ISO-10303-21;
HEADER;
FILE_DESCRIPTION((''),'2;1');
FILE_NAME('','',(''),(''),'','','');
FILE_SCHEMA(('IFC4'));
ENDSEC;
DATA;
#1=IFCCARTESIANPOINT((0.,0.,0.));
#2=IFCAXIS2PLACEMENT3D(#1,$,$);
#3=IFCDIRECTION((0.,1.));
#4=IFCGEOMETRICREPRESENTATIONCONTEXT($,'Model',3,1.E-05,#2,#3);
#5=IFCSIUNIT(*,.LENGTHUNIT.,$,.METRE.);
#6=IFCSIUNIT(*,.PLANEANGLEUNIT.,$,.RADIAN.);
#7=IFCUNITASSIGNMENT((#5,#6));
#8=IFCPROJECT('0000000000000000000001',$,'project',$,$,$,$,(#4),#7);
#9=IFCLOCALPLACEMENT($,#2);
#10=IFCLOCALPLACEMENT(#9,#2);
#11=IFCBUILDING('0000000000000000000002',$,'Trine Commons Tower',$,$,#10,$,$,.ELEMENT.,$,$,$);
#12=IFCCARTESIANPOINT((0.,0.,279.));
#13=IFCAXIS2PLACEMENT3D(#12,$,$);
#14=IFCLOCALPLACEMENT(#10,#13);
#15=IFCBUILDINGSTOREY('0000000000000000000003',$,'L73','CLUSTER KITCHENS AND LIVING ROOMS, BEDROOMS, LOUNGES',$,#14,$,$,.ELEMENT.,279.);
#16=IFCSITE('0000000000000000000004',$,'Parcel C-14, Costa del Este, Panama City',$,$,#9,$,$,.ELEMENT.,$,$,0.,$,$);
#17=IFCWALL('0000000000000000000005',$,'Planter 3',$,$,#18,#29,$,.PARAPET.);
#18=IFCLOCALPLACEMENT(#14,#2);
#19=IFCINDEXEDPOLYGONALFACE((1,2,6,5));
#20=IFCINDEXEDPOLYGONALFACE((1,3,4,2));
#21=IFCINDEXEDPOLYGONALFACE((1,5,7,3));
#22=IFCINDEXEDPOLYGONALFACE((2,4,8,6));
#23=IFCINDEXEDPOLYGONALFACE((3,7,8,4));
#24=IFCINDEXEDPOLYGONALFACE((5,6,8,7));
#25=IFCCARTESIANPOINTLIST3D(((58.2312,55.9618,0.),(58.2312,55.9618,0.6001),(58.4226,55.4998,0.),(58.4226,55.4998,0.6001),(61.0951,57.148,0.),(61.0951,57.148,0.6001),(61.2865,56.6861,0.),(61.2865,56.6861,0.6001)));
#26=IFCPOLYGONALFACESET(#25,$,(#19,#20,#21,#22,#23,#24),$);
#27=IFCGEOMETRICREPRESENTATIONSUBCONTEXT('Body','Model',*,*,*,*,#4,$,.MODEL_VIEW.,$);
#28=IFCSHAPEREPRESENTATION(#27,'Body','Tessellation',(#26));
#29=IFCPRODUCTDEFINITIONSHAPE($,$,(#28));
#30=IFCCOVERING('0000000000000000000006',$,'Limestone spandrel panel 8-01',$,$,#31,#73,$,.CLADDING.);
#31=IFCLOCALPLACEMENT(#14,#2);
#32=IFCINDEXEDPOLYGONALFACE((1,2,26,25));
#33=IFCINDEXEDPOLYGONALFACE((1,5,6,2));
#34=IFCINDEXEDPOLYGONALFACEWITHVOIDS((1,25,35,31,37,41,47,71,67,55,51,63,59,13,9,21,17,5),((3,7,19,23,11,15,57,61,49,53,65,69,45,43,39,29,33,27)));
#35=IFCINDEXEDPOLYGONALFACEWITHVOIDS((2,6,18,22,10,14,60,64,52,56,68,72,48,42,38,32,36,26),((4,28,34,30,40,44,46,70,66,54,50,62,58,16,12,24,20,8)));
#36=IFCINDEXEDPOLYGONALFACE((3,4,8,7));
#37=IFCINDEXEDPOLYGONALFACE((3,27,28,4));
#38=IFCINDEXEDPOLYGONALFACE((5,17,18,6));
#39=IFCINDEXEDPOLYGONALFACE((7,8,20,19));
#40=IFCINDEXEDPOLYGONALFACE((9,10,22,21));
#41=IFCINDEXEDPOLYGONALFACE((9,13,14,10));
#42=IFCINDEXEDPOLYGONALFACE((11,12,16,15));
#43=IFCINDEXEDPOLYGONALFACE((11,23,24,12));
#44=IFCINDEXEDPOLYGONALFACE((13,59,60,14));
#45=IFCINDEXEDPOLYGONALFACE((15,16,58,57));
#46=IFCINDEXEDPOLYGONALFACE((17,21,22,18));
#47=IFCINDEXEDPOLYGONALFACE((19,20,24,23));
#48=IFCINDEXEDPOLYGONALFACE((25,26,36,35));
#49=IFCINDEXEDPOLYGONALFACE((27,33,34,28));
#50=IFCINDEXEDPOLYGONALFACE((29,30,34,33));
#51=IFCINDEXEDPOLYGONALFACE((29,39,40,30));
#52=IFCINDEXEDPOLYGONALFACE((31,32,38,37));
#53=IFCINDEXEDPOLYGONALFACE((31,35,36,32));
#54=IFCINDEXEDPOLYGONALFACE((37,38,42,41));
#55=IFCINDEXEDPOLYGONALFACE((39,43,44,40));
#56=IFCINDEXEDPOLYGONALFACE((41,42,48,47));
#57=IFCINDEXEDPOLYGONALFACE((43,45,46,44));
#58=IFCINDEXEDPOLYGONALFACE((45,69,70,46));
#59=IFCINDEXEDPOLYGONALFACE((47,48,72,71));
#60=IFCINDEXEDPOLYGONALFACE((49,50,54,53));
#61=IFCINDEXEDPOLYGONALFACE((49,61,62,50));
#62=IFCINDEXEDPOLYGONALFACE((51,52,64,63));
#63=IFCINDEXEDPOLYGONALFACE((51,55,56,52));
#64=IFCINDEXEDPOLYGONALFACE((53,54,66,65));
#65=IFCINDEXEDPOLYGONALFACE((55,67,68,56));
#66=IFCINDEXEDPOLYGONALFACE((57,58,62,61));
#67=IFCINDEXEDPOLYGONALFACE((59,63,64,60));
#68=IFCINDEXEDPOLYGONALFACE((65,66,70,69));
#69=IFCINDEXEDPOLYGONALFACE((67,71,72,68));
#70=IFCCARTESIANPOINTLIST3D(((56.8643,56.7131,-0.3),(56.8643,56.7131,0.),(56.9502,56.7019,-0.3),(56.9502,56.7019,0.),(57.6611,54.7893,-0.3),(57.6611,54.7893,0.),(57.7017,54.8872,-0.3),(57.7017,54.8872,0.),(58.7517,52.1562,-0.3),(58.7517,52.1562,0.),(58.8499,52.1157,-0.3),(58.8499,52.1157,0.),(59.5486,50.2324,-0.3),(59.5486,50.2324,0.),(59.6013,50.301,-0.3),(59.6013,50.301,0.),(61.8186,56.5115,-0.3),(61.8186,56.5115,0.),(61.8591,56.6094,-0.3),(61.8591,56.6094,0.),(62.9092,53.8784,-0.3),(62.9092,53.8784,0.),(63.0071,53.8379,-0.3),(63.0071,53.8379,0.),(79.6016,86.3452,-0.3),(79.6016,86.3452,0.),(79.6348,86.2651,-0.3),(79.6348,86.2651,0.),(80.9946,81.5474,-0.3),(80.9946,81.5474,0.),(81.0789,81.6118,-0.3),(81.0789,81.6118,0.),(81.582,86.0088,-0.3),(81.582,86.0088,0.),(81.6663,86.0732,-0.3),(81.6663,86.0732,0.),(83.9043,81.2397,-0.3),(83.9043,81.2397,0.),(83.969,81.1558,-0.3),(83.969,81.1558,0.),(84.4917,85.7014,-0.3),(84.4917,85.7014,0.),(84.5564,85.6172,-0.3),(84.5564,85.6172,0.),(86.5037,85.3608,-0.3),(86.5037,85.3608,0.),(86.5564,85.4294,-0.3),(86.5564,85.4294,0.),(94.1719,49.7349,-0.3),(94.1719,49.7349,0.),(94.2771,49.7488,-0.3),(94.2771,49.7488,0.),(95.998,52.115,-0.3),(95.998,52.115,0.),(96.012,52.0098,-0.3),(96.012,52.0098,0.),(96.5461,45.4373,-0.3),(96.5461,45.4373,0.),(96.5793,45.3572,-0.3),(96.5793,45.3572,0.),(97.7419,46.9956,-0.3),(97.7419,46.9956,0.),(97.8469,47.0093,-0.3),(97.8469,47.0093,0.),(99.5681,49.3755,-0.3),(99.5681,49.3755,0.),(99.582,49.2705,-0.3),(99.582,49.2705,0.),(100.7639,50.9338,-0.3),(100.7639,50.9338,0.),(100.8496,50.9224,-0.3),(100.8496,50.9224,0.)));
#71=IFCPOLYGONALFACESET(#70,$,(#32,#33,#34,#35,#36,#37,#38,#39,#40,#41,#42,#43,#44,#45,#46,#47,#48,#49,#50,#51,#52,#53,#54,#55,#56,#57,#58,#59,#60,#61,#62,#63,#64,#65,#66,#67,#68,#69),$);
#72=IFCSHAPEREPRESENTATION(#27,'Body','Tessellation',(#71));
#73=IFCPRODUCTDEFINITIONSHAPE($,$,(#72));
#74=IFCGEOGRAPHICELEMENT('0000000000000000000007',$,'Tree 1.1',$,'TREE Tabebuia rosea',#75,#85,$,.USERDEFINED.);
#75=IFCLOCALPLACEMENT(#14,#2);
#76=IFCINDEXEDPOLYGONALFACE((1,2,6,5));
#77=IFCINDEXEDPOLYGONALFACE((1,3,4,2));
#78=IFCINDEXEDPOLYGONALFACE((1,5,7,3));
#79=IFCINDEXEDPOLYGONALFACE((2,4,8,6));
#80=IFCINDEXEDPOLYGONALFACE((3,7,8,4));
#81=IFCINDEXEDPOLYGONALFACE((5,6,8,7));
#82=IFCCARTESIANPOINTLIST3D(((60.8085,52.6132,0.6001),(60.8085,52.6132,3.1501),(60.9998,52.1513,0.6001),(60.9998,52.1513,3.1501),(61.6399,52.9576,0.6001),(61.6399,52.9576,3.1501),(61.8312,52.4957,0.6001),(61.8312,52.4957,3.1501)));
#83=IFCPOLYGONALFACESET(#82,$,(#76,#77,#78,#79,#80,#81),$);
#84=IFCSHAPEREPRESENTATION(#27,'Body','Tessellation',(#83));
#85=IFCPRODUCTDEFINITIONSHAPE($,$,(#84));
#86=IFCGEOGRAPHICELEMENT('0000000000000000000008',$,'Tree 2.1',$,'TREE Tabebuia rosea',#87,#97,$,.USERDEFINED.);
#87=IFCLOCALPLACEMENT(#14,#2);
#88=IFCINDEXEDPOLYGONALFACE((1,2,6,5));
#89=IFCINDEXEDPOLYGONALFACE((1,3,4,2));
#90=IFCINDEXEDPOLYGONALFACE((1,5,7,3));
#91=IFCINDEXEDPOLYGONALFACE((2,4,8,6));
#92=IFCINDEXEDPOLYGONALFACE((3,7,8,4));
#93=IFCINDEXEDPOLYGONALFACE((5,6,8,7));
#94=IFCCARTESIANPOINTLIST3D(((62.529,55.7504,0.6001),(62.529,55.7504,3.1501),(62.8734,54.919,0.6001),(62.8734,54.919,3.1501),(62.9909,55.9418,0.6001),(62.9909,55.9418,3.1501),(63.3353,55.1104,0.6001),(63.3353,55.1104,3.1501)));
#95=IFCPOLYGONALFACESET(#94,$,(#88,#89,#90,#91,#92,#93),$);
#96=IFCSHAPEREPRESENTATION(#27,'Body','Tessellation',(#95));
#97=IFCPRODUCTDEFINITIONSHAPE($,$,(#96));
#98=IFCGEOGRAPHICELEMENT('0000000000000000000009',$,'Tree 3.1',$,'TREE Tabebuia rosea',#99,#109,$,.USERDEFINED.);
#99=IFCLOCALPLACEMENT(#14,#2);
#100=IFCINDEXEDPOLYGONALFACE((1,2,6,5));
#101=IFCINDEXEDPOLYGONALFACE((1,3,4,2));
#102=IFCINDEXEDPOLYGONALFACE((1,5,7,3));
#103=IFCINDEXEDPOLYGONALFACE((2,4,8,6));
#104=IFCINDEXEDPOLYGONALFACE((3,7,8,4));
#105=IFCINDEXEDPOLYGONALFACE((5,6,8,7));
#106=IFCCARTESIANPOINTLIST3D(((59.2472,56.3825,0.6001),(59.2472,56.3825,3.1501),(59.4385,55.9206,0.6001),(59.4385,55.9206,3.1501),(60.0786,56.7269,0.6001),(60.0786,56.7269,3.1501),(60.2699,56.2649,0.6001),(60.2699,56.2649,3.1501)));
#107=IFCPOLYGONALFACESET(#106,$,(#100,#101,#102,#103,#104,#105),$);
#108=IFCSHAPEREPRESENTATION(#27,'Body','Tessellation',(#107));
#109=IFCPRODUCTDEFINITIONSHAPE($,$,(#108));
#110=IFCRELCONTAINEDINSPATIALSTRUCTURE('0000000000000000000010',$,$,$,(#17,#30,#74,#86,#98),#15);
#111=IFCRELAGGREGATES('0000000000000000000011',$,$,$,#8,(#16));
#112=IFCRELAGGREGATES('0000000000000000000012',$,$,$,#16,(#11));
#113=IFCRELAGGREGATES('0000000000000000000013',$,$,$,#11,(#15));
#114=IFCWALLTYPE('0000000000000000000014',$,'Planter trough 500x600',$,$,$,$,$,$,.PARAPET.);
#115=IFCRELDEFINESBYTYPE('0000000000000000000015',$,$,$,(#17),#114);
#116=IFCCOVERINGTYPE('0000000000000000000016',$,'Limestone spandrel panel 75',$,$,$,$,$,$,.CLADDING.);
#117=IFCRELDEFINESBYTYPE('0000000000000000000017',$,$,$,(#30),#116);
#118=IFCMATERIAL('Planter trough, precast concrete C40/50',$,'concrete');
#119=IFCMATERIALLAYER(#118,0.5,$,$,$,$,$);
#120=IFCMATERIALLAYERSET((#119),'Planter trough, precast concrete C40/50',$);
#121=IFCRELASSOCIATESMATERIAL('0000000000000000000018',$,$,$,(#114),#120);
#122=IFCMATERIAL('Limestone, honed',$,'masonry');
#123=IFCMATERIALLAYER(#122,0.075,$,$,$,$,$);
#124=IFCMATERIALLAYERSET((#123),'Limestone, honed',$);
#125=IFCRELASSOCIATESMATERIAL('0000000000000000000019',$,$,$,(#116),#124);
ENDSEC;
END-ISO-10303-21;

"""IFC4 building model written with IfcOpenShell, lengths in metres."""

from ifc_helpers import new_model, si_unit, direction, frame, frame_2d, origin, origin_2d, place, context, subcontext, project, spatial, polyline, rectangle, outline, extrude, material, layer, layer_set, type_object, element, save


model = new_model("IFC4")

# Units and contexts
model_context = context("Model", 3, precision=1e-05, world=origin(), true_north=direction((0.0, 1.0)))
body_context = subcontext(model_context, "Body", "Model", "MODEL_VIEW")
ifc_project = project(units=[si_unit("LENGTHUNIT", "METRE"), si_unit("PLANEANGLEUNIT", "RADIAN")], contexts=[model_context])

# Site, building, storey
site_placement = place(None, origin())
site = spatial("IfcSite", under=ifc_project, at=site_placement, Name="Parcel C-14, Costa del Este, Panama City", CompositionType="ELEMENT", RefElevation=0.0)
building_placement = place(site_placement, origin())
building = spatial("IfcBuilding", under=site, at=building_placement, Name="Trine Commons Tower", CompositionType="ELEMENT")
storey_placement = place(building_placement, frame((0.0, 0.0, 279.0)))
storey = spatial("IfcBuildingStorey", under=building, at=storey_placement, Name="L73", Description="CLUSTER KITCHENS AND LIVING ROOMS, BEDROOMS, LOUNGES", CompositionType="ELEMENT", Elevation=279.0)

# Wall
ifc_material_1 = material(Name="Planter trough, precast concrete C40/50", Category="concrete")
ifc_layer_1 = layer(ifc_material_1, 0.5)
ifc_layer_set_1 = layer_set([ifc_layer_1], Name="Planter trough, precast concrete C40/50")
wall_type_1 = type_object("IfcWallType", Name="Planter trough 500x600", PredefinedType="PARAPET", material=ifc_layer_set_1)
wall_1_placement = place(storey_placement, frame((61.1907, 56.917, 0.0), z_axis=(0.0, 0.0, 1.0), x_axis=(-0.923883, -0.382674, 0.0)))
element("IfcWall", 1, at=wall_1_placement, inside=storey, type_object=wall_type_1, Name="Planter 3", PredefinedType="PARAPET", context=body_context, shape_type="SweptSolid", body=[
    extrude(rectangle(XDim=3.0999, YDim=0.5, at=frame_2d((1.5498, 0.0))), origin(), (0.0, 0.0, 1.0), 0.6001),
])

# Covering
ifc_material_2 = material(Name="Limestone, honed", Category="masonry")
ifc_layer_2 = layer(ifc_material_2, 0.075)
ifc_layer_set_2 = layer_set([ifc_layer_2], Name="Limestone, honed")
covering_type = type_object("IfcCoveringType", Name="Limestone spandrel panel 75", PredefinedType="CLADDING", material=ifc_layer_set_2)
covering_placement = place(storey_placement, frame((0.0, 0.0, -0.3)))
element("IfcCovering", 2, at=covering_placement, inside=storey, type_object=covering_type, Name="Limestone spandrel panel 8-01", PredefinedType="CLADDING", context=body_context, shape_type="SweptSolid", body=[
    extrude(outline(polyline([(96.012, 52.0098), (99.582, 49.2705), (100.8496, 50.9224), (86.5564, 85.4294), (84.4917, 85.7014), (83.9043, 81.2397), (81.0789, 81.6118), (81.6663, 86.0732), (79.6016, 86.3452), (56.8643, 56.7131), (57.6611, 54.7893), (61.8186, 56.5115), (62.9092, 53.8784), (58.7517, 52.1562), (59.5486, 50.2324), (96.5793, 45.3572), (97.8469, 47.0093), (94.2771, 49.7488), (96.012, 52.0098)]), holes=[polyline([(84.5564, 85.6172), (86.5037, 85.3608), (100.7639, 50.9338), (99.5681, 49.3755), (95.998, 52.115), (94.1719, 49.7349), (97.7419, 46.9956), (96.5461, 45.4373), (59.6013, 50.301), (58.8499, 52.1157), (63.0071, 53.8379), (61.8591, 56.6094), (57.7017, 54.8872), (56.9502, 56.7019), (79.6348, 86.2651), (81.582, 86.0088), (80.9946, 81.5474), (83.969, 81.1558), (84.5564, 85.6172)])]), origin(), (0.0, 0.0, 1.0), 0.3),
])

# Geographic elements
for number, where, z_axis, x_axis, name in (
    (3, (61.3198, 52.5544, 0.6001), (0.0, 0.0, 1.0), (0.923886, 0.382669, 0.0), "Tree 1.1"),
    (4, (62.9321, 55.4304, 0.6001), (0.0, 0.0, 1.0), (-0.382688, 0.923878, 0.0), "Tree 2.1"),
    (5, (59.7585, 56.3237, 0.6001), (0.0, 0.0, 1.0), (-0.923886, -0.382669, 0.0), "Tree 3.1"),
):
    element("IfcGeographicElement", number, at=place(storey_placement, frame(where, z_axis=z_axis, x_axis=x_axis)), inside=storey, Name=name, ObjectType="TREE Tabebuia rosea", PredefinedType="USERDEFINED", context=body_context, shape_type="SweptSolid", body=[
        extrude(rectangle(XDim=0.8999, YDim=0.5, at=origin_2d()), origin(), (0.0, 0.0, 1.0), 2.55),
    ])

save(model, "model.ifc")
